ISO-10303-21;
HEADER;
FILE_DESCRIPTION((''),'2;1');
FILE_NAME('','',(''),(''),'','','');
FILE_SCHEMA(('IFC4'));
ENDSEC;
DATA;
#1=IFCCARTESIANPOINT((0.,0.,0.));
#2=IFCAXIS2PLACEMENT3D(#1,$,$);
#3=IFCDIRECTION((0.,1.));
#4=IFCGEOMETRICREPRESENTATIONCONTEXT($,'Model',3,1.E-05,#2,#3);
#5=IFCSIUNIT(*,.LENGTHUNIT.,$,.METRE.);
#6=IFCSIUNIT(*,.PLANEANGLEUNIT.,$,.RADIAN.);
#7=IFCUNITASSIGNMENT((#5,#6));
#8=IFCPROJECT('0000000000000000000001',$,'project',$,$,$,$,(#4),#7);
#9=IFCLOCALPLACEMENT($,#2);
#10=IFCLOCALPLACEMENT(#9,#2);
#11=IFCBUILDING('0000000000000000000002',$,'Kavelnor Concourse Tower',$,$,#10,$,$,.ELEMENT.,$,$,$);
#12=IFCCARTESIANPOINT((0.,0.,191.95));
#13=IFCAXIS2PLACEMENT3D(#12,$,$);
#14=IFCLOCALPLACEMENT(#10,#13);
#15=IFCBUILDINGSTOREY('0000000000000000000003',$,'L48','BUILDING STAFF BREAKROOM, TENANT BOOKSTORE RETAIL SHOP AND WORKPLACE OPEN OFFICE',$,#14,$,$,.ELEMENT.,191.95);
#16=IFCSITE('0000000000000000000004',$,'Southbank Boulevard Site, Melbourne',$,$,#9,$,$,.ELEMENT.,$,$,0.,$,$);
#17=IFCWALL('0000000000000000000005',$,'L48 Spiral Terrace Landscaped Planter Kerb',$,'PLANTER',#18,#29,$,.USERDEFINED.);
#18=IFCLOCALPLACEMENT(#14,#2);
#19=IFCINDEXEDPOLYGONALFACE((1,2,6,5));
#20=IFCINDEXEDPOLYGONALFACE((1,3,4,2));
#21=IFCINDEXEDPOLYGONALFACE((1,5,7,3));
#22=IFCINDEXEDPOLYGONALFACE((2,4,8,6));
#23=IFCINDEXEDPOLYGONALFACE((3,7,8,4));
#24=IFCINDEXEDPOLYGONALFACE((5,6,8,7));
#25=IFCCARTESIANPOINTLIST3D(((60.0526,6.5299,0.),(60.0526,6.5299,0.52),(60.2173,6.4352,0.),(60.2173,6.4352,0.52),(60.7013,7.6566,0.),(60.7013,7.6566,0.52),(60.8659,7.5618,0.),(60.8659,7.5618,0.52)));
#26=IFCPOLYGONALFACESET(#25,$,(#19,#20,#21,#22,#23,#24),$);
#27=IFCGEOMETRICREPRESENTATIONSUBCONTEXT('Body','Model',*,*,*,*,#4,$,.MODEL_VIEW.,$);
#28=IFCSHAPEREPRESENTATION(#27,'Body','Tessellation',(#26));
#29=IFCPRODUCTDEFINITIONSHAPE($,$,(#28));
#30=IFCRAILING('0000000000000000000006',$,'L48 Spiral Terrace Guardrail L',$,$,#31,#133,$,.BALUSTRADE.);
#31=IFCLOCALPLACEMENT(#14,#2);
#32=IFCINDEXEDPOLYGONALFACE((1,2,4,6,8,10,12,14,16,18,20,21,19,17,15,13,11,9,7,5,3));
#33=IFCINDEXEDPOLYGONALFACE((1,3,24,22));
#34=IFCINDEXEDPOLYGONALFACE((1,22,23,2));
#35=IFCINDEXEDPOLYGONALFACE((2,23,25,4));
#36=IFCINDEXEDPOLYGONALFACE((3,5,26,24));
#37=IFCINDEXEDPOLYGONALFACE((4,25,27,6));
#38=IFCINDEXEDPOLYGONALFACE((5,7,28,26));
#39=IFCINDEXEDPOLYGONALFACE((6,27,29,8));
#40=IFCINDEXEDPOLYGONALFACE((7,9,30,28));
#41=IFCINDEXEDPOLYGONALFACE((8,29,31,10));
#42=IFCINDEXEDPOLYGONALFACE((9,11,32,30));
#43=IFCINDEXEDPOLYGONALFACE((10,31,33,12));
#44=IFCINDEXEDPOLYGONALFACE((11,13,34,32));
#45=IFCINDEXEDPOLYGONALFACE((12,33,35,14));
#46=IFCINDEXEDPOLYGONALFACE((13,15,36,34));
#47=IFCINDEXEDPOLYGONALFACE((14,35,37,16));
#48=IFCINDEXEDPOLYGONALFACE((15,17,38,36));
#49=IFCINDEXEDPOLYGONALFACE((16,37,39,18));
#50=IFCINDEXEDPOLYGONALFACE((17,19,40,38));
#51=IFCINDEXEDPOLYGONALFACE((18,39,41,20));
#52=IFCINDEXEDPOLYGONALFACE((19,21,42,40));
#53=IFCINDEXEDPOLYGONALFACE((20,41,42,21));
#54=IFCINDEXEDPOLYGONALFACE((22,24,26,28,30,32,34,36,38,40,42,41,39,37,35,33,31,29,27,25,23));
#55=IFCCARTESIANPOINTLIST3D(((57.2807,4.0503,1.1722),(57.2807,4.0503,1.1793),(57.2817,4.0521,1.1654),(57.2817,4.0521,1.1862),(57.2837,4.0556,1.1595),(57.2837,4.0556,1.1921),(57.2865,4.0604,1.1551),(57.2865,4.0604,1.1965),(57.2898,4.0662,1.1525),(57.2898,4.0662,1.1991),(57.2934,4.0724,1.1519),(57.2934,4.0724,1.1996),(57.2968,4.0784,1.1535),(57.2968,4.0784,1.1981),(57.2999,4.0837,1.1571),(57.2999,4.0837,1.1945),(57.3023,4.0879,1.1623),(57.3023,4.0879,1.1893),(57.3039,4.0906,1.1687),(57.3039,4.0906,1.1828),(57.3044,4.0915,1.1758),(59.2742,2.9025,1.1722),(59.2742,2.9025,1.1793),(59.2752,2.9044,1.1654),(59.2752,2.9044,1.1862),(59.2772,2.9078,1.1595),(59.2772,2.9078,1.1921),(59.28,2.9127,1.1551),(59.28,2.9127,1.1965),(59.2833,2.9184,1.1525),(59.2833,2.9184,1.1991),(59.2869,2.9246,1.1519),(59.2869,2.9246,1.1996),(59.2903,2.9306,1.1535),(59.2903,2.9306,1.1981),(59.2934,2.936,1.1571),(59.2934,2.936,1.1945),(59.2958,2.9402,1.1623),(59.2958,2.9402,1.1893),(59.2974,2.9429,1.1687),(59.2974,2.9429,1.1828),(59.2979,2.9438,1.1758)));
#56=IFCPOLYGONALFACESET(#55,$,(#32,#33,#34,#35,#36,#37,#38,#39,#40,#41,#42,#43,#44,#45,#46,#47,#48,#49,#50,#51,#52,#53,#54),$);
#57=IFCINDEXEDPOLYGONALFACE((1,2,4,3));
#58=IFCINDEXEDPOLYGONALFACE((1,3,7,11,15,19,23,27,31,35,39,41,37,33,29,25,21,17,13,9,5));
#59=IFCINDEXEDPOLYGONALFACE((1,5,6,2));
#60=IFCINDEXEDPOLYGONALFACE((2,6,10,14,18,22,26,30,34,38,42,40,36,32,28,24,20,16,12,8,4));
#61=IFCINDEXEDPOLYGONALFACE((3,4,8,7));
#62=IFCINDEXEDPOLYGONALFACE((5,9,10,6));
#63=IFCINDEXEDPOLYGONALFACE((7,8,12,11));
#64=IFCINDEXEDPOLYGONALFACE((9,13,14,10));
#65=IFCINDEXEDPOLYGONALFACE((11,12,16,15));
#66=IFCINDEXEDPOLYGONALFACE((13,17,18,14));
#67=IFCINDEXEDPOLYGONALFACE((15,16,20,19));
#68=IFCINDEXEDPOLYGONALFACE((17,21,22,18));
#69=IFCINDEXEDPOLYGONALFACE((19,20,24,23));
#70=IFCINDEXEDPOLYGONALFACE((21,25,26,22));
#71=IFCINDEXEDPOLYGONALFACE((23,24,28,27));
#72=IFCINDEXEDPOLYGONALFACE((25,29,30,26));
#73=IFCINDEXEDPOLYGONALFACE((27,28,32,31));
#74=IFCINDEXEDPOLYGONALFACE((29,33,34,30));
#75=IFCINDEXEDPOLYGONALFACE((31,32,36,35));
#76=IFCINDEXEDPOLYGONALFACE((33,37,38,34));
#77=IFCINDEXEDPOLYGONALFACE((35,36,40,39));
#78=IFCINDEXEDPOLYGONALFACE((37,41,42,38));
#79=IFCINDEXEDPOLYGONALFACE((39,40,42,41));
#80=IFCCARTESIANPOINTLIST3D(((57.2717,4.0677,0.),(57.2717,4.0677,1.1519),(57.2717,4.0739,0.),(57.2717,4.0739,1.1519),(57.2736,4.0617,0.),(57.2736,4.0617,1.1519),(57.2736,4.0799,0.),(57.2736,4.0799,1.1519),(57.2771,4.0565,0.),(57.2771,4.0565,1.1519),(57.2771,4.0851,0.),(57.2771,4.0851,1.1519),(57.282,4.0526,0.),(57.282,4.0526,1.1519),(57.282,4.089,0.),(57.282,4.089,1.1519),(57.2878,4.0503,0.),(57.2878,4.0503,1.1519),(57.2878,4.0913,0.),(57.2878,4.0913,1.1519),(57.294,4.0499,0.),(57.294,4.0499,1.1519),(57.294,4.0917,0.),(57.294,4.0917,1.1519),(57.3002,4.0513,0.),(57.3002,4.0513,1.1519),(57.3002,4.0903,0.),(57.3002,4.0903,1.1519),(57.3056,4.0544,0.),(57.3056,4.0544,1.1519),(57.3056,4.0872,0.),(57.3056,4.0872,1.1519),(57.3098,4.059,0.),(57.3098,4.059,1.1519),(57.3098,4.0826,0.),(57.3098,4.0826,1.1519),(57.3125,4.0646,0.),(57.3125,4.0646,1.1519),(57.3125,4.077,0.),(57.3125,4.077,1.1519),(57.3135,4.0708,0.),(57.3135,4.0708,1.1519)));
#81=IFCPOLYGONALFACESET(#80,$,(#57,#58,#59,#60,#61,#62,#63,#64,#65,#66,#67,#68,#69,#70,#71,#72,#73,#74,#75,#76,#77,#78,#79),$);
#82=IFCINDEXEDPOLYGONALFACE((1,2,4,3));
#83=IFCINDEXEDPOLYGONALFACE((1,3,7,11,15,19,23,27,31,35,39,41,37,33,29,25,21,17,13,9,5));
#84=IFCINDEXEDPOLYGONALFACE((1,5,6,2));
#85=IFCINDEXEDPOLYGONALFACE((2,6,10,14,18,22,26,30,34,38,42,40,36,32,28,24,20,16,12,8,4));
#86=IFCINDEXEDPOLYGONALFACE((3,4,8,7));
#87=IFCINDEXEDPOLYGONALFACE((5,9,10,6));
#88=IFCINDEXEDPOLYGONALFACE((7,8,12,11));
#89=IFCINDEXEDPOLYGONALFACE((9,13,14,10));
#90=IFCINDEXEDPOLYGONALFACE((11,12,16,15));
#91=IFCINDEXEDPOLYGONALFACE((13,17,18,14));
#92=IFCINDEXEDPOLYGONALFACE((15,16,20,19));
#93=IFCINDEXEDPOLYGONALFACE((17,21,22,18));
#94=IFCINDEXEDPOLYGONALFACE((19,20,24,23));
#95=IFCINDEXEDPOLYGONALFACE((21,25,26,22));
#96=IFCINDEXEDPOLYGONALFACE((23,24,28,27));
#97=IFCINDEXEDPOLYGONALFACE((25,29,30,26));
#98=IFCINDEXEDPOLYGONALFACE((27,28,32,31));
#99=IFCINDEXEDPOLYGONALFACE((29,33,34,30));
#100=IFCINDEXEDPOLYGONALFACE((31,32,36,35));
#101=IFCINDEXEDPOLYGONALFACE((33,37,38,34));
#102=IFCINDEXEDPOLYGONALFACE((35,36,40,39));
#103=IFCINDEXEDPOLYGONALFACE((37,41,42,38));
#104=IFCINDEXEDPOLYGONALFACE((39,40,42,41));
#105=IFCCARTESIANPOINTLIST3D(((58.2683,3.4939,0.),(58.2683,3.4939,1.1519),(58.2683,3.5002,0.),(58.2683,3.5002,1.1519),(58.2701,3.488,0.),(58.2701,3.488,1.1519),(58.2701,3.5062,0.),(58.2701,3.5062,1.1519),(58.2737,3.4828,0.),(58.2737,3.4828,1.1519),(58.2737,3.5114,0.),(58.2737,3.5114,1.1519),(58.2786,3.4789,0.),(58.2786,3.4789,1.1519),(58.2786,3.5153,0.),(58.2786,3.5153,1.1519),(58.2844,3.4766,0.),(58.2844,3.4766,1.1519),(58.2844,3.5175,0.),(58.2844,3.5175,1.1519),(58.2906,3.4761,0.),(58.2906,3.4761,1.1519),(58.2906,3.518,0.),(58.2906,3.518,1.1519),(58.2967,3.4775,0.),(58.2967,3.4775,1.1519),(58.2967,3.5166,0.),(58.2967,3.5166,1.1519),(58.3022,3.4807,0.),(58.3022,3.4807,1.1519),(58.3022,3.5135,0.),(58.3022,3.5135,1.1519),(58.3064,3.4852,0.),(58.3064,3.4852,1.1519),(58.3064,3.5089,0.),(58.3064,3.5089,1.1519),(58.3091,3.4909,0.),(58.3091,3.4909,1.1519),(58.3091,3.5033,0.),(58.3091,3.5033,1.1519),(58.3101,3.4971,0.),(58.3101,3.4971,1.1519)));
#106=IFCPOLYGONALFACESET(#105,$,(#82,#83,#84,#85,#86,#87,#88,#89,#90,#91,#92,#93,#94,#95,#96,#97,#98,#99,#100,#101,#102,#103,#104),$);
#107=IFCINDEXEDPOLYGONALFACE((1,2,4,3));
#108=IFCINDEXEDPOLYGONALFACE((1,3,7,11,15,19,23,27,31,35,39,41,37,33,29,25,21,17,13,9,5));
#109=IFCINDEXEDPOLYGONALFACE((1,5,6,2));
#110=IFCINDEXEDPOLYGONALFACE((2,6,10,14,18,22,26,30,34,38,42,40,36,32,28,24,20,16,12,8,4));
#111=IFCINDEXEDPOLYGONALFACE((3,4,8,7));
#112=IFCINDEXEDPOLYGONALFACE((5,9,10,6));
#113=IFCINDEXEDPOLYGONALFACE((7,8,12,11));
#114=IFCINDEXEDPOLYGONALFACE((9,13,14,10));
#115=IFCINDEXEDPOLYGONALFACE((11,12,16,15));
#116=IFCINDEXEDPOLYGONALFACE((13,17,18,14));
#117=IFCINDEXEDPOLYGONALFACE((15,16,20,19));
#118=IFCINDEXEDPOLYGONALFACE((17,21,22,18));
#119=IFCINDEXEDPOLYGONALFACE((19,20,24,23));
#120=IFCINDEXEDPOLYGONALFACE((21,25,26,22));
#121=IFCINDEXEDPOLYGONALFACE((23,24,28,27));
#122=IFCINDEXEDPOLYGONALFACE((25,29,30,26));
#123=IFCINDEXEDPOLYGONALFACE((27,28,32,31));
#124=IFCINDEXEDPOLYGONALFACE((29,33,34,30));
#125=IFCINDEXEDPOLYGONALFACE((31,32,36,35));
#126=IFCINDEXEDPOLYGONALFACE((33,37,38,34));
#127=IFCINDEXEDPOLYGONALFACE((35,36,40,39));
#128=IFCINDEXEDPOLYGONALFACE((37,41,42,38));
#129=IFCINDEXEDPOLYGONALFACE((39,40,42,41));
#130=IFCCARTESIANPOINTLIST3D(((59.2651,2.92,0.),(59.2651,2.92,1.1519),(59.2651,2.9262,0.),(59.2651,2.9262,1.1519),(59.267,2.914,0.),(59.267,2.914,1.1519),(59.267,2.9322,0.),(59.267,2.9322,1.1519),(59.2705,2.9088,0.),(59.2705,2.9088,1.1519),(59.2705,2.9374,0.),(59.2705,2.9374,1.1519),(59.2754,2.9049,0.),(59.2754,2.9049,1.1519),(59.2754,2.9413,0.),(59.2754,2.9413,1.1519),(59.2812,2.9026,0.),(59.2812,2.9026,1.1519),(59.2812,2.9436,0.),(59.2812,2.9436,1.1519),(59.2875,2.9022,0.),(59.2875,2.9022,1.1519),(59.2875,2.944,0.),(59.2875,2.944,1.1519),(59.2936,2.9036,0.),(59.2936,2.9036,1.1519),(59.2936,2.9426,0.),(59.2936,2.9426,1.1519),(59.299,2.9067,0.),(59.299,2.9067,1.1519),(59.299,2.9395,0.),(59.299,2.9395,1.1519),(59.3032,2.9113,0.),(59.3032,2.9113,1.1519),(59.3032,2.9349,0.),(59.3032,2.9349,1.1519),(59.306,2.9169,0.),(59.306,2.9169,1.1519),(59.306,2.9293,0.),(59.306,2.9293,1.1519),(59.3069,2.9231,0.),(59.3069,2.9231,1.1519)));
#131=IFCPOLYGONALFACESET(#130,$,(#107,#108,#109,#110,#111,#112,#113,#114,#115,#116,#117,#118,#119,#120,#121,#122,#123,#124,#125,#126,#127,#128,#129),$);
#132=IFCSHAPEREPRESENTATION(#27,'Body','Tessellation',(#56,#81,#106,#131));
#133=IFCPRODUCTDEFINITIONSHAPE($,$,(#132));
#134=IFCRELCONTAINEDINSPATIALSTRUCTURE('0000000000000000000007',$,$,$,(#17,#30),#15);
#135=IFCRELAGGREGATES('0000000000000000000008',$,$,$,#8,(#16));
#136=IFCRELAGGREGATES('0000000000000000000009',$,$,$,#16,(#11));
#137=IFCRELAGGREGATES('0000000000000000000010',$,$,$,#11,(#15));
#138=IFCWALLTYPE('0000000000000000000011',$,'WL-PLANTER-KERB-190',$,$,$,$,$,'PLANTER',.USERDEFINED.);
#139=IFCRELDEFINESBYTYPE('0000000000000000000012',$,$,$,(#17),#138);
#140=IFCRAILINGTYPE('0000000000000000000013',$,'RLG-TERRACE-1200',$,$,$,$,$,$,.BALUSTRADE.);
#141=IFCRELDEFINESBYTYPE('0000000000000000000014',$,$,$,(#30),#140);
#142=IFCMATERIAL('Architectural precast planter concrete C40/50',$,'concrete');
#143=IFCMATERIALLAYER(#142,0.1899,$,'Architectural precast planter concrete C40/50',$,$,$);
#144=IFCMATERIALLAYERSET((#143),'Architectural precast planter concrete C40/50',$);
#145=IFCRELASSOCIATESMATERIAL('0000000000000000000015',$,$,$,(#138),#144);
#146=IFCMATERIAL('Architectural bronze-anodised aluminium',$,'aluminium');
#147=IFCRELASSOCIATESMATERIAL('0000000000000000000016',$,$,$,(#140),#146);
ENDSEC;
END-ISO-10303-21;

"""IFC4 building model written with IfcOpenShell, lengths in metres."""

from ifc_helpers import new_model, si_unit, direction, frame, frame_2d, origin, origin_2d, place, context, subcontext, project, spatial, rectangle, circle, extrude, material, layer, layer_set, type_object, element, save


model = new_model("IFC4")

# Units and contexts
model_context = context("Model", 3, precision=1e-05, world=origin(), true_north=direction((0.0, 1.0)))
body_context = subcontext(model_context, "Body", "Model", "MODEL_VIEW")
ifc_project = project(units=[si_unit("LENGTHUNIT", "METRE"), si_unit("PLANEANGLEUNIT", "RADIAN")], contexts=[model_context])

# Site, building, storey
site_placement = place(None, origin())
site = spatial("IfcSite", under=ifc_project, at=site_placement, Name="Southbank Boulevard Site, Melbourne", CompositionType="ELEMENT", RefElevation=0.0)
building_placement = place(site_placement, origin())
building = spatial("IfcBuilding", under=site, at=building_placement, Name="Kavelnor Concourse Tower", CompositionType="ELEMENT")
storey_placement = place(building_placement, frame((0.0, 0.0, 191.95)))
storey = spatial("IfcBuildingStorey", under=building, at=storey_placement, Name="L48", Description="BUILDING STAFF BREAKROOM, TENANT BOOKSTORE RETAIL SHOP AND WORKPLACE OPEN OFFICE", CompositionType="ELEMENT", Elevation=191.95)

# Wall
ifc_material_1 = material(Name="Architectural precast planter concrete C40/50", Category="concrete")
ifc_layer_1 = layer(ifc_material_1, 0.1899, Name="Architectural precast planter concrete C40/50")
ifc_layer_set_1 = layer_set([ifc_layer_1], Name="Architectural precast planter concrete C40/50")
wall_type_1 = type_object("IfcWallType", Name="WL-PLANTER-KERB-190", ElementType="PLANTER", PredefinedType="USERDEFINED", material=ifc_layer_set_1)
wall_1_placement = place(storey_placement, frame((60.135, 6.4827, 0.0), z_axis=(0.0, 0.0, 1.0), x_axis=(0.498947, 0.866632, 0.0)))
element("IfcWall", 1, at=wall_1_placement, inside=storey, type_object=wall_type_1, Name="L48 Spiral Terrace Landscaped Planter Kerb", ObjectType="PLANTER", PredefinedType="USERDEFINED", context=body_context, shape_type="SweptSolid", body=[
    extrude(rectangle(XDim=1.3, YDim=0.1899, at=frame_2d((0.6499, 0.0))), origin(), (0.0, 0.0, 1.0), 0.52),
])

# Railing
ifc_material_2 = material(Name="Architectural bronze-anodised aluminium", Category="aluminium")
railing_type = type_object("IfcRailingType", Name="RLG-TERRACE-1200", PredefinedType="BALUSTRADE", material=ifc_material_2)
railing_1_placement = place(storey_placement, frame((57.2925, 4.0708, 0.0)))
element("IfcRailing", 2, at=railing_1_placement, inside=storey, type_object=railing_type, Name="L48 Spiral Terrace Guardrail L", PredefinedType="BALUSTRADE", context=body_context, shape_type="SweptSolid", body=[
    extrude(circle(Radius=0.0239, at=origin_2d()), frame((0.0, 0.0, 1.1758), z_axis=(0.866625, -0.49896, 0.0), x_axis=(0.49896, 0.866625, 0.0)), (0.0, 0.0, 1.0), 2.3003),
    extrude(circle(Radius=0.021, at=origin_2d()), origin(), (0.0, 0.0, 1.0), 1.1519),
    extrude(circle(Radius=0.021, at=origin_2d()), frame((0.9966, -0.5737, 0.0)), (0.0, 0.0, 1.0), 1.1519),
    extrude(circle(Radius=0.021, at=origin_2d()), frame((1.9934, -1.1477, 0.0)), (0.0, 0.0, 1.0), 1.1519),
])

save(model, "model.ifc")
